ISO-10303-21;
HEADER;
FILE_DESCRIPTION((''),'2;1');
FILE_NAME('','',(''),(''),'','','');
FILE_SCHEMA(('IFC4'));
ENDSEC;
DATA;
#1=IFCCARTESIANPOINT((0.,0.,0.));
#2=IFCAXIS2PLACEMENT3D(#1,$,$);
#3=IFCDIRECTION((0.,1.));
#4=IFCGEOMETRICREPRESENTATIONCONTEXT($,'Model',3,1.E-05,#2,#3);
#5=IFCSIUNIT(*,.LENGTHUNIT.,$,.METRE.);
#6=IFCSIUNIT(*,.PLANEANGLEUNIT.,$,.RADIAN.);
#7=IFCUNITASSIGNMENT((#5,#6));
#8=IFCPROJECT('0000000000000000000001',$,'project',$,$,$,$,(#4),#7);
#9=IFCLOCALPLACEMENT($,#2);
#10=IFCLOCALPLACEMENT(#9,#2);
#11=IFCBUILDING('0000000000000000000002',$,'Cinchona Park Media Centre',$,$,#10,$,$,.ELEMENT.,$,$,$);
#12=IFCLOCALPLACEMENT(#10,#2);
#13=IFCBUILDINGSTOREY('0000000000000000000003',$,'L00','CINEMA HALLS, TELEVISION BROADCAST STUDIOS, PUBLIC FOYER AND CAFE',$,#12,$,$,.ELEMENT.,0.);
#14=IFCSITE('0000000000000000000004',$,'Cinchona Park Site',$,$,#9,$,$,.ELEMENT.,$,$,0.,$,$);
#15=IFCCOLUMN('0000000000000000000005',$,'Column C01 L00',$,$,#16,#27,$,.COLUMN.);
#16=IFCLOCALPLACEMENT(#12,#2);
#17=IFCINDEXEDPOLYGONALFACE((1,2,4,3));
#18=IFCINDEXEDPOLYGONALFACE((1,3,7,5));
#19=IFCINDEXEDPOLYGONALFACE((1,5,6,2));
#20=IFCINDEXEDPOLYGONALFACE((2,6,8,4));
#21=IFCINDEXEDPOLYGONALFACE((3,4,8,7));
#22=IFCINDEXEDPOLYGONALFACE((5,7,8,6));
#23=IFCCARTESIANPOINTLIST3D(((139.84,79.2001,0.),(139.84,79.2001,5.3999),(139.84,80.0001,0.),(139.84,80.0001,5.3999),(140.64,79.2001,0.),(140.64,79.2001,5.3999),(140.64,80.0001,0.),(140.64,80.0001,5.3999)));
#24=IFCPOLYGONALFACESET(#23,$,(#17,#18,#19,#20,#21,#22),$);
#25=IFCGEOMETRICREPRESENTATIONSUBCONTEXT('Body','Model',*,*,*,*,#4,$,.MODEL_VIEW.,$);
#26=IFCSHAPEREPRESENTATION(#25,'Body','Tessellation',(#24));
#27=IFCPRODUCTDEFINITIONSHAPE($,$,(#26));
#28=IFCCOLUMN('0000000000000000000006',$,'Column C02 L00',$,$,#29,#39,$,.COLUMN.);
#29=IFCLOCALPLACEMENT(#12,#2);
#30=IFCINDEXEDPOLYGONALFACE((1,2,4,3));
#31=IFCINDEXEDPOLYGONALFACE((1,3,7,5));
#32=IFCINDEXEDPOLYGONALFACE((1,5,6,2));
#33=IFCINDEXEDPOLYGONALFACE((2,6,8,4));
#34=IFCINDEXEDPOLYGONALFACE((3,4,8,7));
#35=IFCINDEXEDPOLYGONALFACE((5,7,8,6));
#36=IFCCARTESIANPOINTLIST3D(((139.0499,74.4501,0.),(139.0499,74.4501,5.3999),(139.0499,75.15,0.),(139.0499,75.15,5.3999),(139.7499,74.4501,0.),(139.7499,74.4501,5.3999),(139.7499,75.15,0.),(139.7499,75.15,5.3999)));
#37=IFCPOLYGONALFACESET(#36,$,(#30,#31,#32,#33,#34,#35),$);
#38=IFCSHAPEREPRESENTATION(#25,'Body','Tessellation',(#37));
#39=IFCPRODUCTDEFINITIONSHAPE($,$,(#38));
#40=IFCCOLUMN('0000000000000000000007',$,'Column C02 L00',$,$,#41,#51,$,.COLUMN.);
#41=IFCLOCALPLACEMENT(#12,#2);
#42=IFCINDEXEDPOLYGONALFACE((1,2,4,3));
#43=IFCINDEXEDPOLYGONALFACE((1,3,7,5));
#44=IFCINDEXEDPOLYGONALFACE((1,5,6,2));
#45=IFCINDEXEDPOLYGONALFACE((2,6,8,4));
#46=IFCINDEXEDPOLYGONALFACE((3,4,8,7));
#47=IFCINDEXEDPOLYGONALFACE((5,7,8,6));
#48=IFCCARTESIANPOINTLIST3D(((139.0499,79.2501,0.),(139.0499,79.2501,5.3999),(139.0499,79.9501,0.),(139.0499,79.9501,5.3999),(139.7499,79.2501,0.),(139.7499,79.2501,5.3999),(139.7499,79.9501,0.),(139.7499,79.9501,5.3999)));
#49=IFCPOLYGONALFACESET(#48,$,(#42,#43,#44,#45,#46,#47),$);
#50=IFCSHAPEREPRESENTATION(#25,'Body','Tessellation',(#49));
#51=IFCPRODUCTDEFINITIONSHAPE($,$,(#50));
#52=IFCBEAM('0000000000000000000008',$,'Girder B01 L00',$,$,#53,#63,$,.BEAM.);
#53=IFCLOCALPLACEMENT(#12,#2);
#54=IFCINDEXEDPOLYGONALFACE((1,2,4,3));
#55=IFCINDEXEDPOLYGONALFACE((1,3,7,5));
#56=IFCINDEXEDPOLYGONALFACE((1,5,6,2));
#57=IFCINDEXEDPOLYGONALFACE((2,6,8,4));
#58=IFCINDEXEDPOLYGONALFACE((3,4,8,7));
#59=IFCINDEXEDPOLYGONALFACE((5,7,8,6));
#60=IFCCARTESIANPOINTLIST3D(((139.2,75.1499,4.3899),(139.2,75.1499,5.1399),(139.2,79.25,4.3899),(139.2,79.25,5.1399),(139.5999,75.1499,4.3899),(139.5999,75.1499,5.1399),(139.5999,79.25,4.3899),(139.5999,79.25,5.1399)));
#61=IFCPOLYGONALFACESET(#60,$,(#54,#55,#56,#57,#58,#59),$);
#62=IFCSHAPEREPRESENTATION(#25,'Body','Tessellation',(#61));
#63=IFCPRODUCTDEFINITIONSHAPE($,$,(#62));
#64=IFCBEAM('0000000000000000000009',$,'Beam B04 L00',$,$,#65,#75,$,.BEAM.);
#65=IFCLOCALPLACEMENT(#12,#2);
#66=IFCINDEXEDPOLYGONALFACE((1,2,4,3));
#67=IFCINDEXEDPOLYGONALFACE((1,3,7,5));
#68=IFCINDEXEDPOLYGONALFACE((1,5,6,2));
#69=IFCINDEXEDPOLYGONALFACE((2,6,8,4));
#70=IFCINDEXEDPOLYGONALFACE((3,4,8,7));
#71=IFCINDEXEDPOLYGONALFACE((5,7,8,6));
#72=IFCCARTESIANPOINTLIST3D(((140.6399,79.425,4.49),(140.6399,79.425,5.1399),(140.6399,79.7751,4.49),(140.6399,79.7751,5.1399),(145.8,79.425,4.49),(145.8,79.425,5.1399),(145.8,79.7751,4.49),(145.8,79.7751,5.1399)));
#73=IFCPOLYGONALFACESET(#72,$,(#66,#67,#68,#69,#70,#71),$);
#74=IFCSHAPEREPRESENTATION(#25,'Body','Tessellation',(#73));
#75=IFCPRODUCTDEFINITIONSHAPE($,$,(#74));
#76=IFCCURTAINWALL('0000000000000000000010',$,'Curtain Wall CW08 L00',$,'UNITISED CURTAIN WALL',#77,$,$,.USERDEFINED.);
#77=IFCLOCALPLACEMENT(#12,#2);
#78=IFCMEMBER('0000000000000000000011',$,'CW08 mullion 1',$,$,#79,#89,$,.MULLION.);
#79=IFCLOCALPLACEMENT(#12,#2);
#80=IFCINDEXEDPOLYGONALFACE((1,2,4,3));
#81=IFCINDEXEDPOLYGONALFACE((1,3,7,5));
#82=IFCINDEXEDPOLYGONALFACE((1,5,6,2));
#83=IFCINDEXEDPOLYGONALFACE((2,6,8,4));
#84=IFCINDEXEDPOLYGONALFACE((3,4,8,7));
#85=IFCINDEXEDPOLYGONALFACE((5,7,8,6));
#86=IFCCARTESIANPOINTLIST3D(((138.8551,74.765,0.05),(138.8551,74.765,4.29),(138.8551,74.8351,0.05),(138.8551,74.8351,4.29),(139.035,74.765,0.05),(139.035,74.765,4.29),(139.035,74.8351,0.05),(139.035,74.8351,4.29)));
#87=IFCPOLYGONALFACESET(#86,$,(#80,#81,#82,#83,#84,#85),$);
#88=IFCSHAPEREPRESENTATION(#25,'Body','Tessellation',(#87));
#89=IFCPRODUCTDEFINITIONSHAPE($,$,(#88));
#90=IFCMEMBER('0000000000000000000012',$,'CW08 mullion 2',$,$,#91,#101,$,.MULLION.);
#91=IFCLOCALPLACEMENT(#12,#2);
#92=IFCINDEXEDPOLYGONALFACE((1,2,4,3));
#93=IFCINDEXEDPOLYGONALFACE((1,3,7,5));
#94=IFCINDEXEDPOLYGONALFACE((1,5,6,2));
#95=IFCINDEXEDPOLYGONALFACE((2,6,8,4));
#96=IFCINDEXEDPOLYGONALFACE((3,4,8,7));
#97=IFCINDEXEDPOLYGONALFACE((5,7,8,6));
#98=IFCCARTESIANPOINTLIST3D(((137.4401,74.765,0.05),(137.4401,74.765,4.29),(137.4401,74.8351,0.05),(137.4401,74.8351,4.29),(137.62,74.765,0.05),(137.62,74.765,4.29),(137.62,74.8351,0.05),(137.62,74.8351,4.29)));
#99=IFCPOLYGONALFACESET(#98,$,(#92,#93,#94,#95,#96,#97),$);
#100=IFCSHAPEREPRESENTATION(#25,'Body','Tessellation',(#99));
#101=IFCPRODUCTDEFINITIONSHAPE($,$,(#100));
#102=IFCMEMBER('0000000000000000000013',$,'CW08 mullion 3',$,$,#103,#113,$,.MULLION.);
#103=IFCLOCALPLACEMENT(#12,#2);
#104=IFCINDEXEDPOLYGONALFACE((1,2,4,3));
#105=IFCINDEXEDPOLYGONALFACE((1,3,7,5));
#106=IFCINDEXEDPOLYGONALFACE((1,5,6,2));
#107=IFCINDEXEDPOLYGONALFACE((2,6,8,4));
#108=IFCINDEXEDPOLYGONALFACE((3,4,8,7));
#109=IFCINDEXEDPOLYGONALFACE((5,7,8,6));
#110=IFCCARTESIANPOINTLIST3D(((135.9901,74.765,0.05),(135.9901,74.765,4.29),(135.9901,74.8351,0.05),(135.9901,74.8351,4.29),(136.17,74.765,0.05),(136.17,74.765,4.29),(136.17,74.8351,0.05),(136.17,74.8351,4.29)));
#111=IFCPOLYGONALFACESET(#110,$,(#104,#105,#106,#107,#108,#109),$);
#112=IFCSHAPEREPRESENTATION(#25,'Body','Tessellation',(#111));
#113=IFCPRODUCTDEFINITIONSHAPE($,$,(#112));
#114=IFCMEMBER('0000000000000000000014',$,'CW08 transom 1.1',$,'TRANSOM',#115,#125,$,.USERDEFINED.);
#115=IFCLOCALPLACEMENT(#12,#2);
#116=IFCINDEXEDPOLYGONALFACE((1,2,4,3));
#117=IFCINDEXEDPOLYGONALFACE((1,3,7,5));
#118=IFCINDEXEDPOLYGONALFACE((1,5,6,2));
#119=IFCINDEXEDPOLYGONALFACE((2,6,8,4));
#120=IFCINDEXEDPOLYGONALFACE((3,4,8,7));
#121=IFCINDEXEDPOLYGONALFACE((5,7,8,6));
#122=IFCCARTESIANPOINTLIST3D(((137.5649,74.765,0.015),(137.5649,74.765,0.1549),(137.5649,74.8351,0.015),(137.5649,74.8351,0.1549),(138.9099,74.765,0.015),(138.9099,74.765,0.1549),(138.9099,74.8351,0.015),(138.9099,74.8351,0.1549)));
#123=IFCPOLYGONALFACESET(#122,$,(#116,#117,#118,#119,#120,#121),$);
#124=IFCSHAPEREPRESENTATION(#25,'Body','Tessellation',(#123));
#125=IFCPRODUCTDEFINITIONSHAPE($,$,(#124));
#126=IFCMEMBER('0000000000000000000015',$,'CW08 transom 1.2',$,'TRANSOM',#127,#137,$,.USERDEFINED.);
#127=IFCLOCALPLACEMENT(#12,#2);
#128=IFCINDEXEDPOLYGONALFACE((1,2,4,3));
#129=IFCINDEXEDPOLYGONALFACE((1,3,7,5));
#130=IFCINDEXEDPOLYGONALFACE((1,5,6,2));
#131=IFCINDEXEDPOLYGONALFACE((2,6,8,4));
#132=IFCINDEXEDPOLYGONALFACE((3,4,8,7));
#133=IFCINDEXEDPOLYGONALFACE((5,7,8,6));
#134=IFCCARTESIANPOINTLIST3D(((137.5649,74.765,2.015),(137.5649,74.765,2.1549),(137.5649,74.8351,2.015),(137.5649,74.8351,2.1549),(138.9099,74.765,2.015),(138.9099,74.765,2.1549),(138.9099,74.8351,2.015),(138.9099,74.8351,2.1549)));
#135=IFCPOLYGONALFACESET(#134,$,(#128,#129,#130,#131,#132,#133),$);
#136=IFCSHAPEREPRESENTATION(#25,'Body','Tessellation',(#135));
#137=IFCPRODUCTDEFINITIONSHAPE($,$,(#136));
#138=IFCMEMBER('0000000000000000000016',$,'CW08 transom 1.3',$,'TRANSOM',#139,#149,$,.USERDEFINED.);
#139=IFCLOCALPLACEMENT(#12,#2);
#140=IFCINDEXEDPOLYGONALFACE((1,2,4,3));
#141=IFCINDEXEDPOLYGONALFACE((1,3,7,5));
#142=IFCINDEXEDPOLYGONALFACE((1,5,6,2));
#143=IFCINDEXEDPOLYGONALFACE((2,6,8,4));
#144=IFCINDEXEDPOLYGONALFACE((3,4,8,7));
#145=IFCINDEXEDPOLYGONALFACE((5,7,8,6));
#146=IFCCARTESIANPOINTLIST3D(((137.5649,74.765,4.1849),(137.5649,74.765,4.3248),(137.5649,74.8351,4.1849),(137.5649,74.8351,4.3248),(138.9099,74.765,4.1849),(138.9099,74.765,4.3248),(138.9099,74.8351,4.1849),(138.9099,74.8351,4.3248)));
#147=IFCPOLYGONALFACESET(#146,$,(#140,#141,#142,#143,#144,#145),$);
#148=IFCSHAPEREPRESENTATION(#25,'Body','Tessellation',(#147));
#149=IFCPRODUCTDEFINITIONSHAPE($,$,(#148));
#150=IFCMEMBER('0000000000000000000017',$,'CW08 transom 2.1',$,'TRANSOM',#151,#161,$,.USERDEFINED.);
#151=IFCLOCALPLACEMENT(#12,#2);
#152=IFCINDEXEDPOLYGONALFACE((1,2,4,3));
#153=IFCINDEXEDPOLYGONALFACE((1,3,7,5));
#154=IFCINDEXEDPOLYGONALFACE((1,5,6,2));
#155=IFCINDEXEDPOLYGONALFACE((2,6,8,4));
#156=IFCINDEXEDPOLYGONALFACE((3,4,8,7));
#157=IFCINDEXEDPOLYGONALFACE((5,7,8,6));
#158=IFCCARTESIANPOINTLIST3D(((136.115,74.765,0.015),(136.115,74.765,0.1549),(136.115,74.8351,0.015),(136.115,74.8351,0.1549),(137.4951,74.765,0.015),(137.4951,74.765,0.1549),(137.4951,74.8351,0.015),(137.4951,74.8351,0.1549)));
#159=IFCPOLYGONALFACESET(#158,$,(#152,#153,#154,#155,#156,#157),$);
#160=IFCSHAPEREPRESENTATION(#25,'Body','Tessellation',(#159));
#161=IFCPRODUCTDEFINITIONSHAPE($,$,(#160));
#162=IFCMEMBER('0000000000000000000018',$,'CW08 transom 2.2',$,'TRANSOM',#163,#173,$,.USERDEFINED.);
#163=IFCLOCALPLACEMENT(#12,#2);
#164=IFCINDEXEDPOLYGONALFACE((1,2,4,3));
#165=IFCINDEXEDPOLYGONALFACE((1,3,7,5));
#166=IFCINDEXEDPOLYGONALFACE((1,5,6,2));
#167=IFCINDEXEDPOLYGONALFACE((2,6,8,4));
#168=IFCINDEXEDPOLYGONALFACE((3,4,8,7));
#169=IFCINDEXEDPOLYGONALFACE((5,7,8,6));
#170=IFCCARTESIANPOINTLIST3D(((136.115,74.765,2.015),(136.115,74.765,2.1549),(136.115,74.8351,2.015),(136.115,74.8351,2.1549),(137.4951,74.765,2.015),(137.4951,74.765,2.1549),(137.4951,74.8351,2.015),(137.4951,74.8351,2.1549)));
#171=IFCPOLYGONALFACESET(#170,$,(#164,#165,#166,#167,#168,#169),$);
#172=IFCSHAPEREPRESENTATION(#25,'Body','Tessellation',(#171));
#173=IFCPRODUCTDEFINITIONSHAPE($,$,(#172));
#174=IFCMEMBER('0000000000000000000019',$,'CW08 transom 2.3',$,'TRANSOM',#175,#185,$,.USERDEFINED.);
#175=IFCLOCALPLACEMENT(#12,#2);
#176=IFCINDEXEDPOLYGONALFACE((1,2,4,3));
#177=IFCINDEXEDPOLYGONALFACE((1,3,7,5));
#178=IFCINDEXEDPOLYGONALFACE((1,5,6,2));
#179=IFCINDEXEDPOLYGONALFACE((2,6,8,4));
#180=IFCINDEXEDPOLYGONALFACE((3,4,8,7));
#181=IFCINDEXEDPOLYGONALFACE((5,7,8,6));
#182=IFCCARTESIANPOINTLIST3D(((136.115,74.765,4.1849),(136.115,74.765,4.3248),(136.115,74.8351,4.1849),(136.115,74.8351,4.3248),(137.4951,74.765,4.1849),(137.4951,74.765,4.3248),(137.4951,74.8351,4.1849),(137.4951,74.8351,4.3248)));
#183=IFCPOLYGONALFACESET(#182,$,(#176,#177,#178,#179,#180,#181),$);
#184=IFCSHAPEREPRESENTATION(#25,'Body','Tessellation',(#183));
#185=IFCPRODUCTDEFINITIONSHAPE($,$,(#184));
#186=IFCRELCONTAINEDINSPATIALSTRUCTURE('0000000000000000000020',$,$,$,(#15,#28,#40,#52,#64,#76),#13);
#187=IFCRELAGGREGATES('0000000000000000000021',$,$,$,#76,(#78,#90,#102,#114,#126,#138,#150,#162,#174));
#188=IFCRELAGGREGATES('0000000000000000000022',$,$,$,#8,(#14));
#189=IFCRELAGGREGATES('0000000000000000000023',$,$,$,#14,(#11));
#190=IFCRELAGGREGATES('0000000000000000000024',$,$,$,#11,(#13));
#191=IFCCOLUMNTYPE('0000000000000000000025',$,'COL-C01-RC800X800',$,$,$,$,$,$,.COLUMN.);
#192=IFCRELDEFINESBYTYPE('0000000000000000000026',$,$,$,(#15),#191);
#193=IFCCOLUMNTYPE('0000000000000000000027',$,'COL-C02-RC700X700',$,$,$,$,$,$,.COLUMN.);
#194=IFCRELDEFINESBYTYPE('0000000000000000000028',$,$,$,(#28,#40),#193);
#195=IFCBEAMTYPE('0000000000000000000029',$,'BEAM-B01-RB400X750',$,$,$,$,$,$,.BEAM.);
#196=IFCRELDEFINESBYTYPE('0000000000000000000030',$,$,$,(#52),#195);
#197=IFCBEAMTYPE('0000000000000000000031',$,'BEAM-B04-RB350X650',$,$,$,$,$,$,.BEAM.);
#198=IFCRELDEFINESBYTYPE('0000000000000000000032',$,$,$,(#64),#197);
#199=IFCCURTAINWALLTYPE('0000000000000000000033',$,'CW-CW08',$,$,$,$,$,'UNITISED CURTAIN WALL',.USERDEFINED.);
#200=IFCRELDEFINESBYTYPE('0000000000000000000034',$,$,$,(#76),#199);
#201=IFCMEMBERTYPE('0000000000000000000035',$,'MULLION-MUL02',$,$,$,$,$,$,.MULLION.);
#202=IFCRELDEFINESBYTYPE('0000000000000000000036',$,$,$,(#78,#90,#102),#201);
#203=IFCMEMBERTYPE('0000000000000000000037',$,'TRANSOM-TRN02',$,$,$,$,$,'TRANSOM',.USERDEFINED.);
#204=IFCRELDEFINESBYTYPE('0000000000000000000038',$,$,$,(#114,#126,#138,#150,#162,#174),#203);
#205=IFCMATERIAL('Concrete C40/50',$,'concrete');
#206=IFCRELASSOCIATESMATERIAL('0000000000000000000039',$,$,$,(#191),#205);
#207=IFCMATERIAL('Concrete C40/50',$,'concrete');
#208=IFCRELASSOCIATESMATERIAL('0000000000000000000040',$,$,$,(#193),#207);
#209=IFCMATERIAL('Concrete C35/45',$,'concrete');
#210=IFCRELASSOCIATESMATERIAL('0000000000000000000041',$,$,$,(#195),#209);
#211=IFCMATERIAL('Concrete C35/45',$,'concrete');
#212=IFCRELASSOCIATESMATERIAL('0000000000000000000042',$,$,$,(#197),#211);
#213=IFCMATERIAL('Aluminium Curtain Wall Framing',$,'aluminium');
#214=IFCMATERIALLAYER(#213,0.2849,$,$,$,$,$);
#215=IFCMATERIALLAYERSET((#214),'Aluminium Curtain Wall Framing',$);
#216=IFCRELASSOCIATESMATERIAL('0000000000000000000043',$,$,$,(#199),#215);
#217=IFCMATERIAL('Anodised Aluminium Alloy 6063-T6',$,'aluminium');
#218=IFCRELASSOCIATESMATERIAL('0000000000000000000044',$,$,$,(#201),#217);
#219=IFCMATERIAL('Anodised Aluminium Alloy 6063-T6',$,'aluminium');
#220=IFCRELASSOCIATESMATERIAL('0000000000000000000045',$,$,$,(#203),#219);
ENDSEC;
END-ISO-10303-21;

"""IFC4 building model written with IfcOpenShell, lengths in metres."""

from ifc_helpers import new_model, si_unit, direction, frame, origin, origin_2d, place, context, subcontext, project, spatial, rectangle, extrude, material, layer, layer_set, material_profile, profile_set, type_object, element, aggregate, save


model = new_model("IFC4")

# Units and contexts
model_context = context("Model", 3, precision=1e-05, world=origin(), true_north=direction((0.0, 1.0)))
body_context = subcontext(model_context, "Body", "Model", "MODEL_VIEW")
ifc_project = project(units=[si_unit("LENGTHUNIT", "METRE"), si_unit("PLANEANGLEUNIT", "RADIAN")], contexts=[model_context])

# Site, building, storey
site_placement = place(None, origin())
site = spatial("IfcSite", under=ifc_project, at=site_placement, Name="Cinchona Park Site", CompositionType="ELEMENT", RefElevation=0.0)
building_placement = place(site_placement, origin())
building = spatial("IfcBuilding", under=site, at=building_placement, Name="Cinchona Park Media Centre", CompositionType="ELEMENT")
storey_placement = place(building_placement, origin())
storey = spatial("IfcBuildingStorey", under=building, at=storey_placement, Name="L00", Description="CINEMA HALLS, TELEVISION BROADCAST STUDIOS, PUBLIC FOYER AND CAFE", CompositionType="ELEMENT", Elevation=0.0)

# Columns
ifc_material_1 = material(Name="Concrete C40/50", Category="concrete")
ifc_material_profile_1 = material_profile(ifc_material_1, rectangle(XDim=0.8, YDim=0.8, at=origin_2d()), Name="RC 800X800")
ifc_profile_set_1 = profile_set([ifc_material_profile_1], Name="Concrete C40/50")
column_type_1 = type_object("IfcColumnType", Name="COL-C01-RC800X800", PredefinedType="COLUMN", material=ifc_profile_set_1)
column_placement = place(storey_placement, frame((140.24, 79.6001, 0.0), z_axis=(0.0, 0.0, 1.0), x_axis=(1.0, 0.0, 0.0)))
element("IfcColumn", 1, at=column_placement, inside=storey, type_object=column_type_1, Name="Column C01 L00", PredefinedType="COLUMN", context=body_context, shape_type="SweptSolid", body=[
    extrude(rectangle(XDim=0.8, YDim=0.8, at=origin_2d()), origin(), (0.0, 0.0, 1.0), 5.3999),
])
ifc_material_2 = material(Name="Concrete C40/50", Category="concrete")
ifc_material_profile_2 = material_profile(ifc_material_2, rectangle(XDim=0.7, YDim=0.7, at=origin_2d()), Name="RC 700X700")
ifc_profile_set_2 = profile_set([ifc_material_profile_2], Name="Concrete C40/50")
column_type_2 = type_object("IfcColumnType", Name="COL-C02-RC700X700", PredefinedType="COLUMN", material=ifc_profile_set_2)
for number, where, z_axis, x_axis, name in (
    (2, (139.3999, 74.8, 0.0), (0.0, 0.0, 1.0), (1.0, 0.0, 0.0), "Column C02 L00"),
    (3, (139.3999, 79.6001, 0.0), (0.0, 0.0, 1.0), (1.0, 0.0, 0.0), "Column C02 L00"),
):
    element("IfcColumn", number, at=place(storey_placement, frame(where, z_axis=z_axis, x_axis=x_axis)), inside=storey, type_object=column_type_2, Name=name, PredefinedType="COLUMN", context=body_context, shape_type="SweptSolid", body=[
        extrude(rectangle(XDim=0.7, YDim=0.7, at=origin_2d()), origin(), (0.0, 0.0, 1.0), 5.3999),
    ])

# Beams
ifc_material_3 = material(Name="Concrete C35/45", Category="concrete")
ifc_material_profile_3 = material_profile(ifc_material_3, rectangle(XDim=0.3999, YDim=0.75, at=origin_2d()), Name="RB 400X750")
ifc_profile_set_3 = profile_set([ifc_material_profile_3], Name="Concrete C35/45")
beam_type_1 = type_object("IfcBeamType", Name="BEAM-B01-RB400X750", PredefinedType="BEAM", material=ifc_profile_set_3)
beam_1_placement = place(storey_placement, frame((139.3999, 75.1499, 4.7649), z_axis=(0.0, 1.0, 0.0), x_axis=(-1.0, 0.0, 0.0)))
element("IfcBeam", 4, at=beam_1_placement, inside=storey, type_object=beam_type_1, Name="Girder B01 L00", PredefinedType="BEAM", context=body_context, shape_type="SweptSolid", body=[
    extrude(rectangle(XDim=0.3999, YDim=0.75, at=origin_2d()), origin(), (0.0, 0.0, 1.0), 4.1001),
])
ifc_material_4 = material(Name="Concrete C35/45", Category="concrete")
ifc_material_profile_4 = material_profile(ifc_material_4, rectangle(XDim=0.3501, YDim=0.6499, at=origin_2d()), Name="RB 350X650")
ifc_profile_set_4 = profile_set([ifc_material_profile_4], Name="Concrete C35/45")
beam_type_2 = type_object("IfcBeamType", Name="BEAM-B04-RB350X650", PredefinedType="BEAM", material=ifc_profile_set_4)
beam_2_placement = place(storey_placement, frame((140.6399, 79.6001, 4.8149), z_axis=(1.0, 0.0, 0.0), x_axis=(0.0, 1.0, 0.0)))
element("IfcBeam", 5, at=beam_2_placement, inside=storey, type_object=beam_type_2, Name="Beam B04 L00", PredefinedType="BEAM", context=body_context, shape_type="SweptSolid", body=[
    extrude(rectangle(XDim=0.3501, YDim=0.6499, at=origin_2d()), origin(), (0.0, 0.0, 1.0), 5.1602),
])

# Curtain wall, members
ifc_material_5 = material(Name="Aluminium Curtain Wall Framing", Category="aluminium")
ifc_layer_1 = layer(ifc_material_5, 0.2849)
ifc_layer_set_1 = layer_set([ifc_layer_1], Name="Aluminium Curtain Wall Framing")
curtain_wall_type = type_object("IfcCurtainWallType", Name="CW-CW08", ElementType="UNITISED CURTAIN WALL", PredefinedType="USERDEFINED", material=ifc_layer_set_1)
curtain_wall_placement = place(storey_placement, origin())
curtain_wall = element("IfcCurtainWall", 6, at=curtain_wall_placement, inside=storey, type_object=curtain_wall_type, Name="Curtain Wall CW08 L00", ObjectType="UNITISED CURTAIN WALL", PredefinedType="USERDEFINED")
ifc_material_6 = material(Name="Anodised Aluminium Alloy 6063-T6", Category="aluminium")
ifc_material_profile_5 = material_profile(ifc_material_6, rectangle(XDim=0.0701, YDim=0.1799, at=origin_2d()), Name="MUL-70X180")
ifc_profile_set_5 = profile_set([ifc_material_profile_5], Name="Anodised Aluminium Alloy 6063-T6")
member_type_1 = type_object("IfcMemberType", Name="MULLION-MUL02", PredefinedType="MULLION", material=ifc_profile_set_5)
member_1_placement = place(storey_placement, frame((138.9451, 74.8, 0.05), z_axis=(0.0, 0.0, 1.0), x_axis=(0.0, -1.0, 0.0)))
member_1 = element("IfcMember", 7, at=member_1_placement, type_object=member_type_1, Name="CW08 mullion 1", PredefinedType="MULLION", context=body_context, shape_type="SweptSolid", body=[
    extrude(rectangle(XDim=0.0701, YDim=0.1799, at=origin_2d()), origin(), (0.0, 0.0, 1.0), 4.24),
])
member_2_placement = place(storey_placement, frame((137.53, 74.8, 0.05), z_axis=(0.0, 0.0, 1.0), x_axis=(0.0, -1.0, 0.0)))
member_2 = element("IfcMember", 8, at=member_2_placement, type_object=member_type_1, Name="CW08 mullion 2", PredefinedType="MULLION", context=body_context, shape_type="SweptSolid", body=[
    extrude(rectangle(XDim=0.0701, YDim=0.1799, at=origin_2d()), origin(), (0.0, 0.0, 1.0), 4.24),
])
member_3_placement = place(storey_placement, frame((136.0801, 74.8, 0.05), z_axis=(0.0, 0.0, 1.0), x_axis=(0.0, -1.0, 0.0)))
member_3 = element("IfcMember", 9, at=member_3_placement, type_object=member_type_1, Name="CW08 mullion 3", PredefinedType="MULLION", context=body_context, shape_type="SweptSolid", body=[
    extrude(rectangle(XDim=0.0701, YDim=0.1799, at=origin_2d()), origin(), (0.0, 0.0, 1.0), 4.24),
])
ifc_material_7 = material(Name="Anodised Aluminium Alloy 6063-T6", Category="aluminium")
ifc_material_profile_6 = material_profile(ifc_material_7, rectangle(XDim=0.0701, YDim=0.1399, at=origin_2d()), Name="TRN-70X140")
ifc_profile_set_6 = profile_set([ifc_material_profile_6], Name="Anodised Aluminium Alloy 6063-T6")
member_type_2 = type_object("IfcMemberType", Name="TRANSOM-TRN02", ElementType="TRANSOM", PredefinedType="USERDEFINED", material=ifc_profile_set_6)
member_4_placement = place(storey_placement, frame((138.9099, 74.8, 0.085), z_axis=(-1.0, 0.0, 0.0), x_axis=(0.0, -1.0, 0.0)))
member_4 = element("IfcMember", 10, at=member_4_placement, type_object=member_type_2, Name="CW08 transom 1.1", ObjectType="TRANSOM", PredefinedType="USERDEFINED", context=body_context, shape_type="SweptSolid", body=[
    extrude(rectangle(XDim=0.0701, YDim=0.1399, at=origin_2d()), origin(), (0.0, 0.0, 1.0), 1.345),
])
member_5_placement = place(storey_placement, frame((138.9099, 74.8, 2.085), z_axis=(-1.0, 0.0, 0.0), x_axis=(0.0, -1.0, 0.0)))
member_5 = element("IfcMember", 11, at=member_5_placement, type_object=member_type_2, Name="CW08 transom 1.2", ObjectType="TRANSOM", PredefinedType="USERDEFINED", context=body_context, shape_type="SweptSolid", body=[
    extrude(rectangle(XDim=0.0701, YDim=0.1399, at=origin_2d()), origin(), (0.0, 0.0, 1.0), 1.345),
])
member_6_placement = place(storey_placement, frame((138.9099, 74.8, 4.2549), z_axis=(-1.0, 0.0, 0.0), x_axis=(0.0, -1.0, 0.0)))
member_6 = element("IfcMember", 12, at=member_6_placement, type_object=member_type_2, Name="CW08 transom 1.3", ObjectType="TRANSOM", PredefinedType="USERDEFINED", context=body_context, shape_type="SweptSolid", body=[
    extrude(rectangle(XDim=0.0701, YDim=0.1399, at=origin_2d()), origin(), (0.0, 0.0, 1.0), 1.345),
])
member_7_placement = place(storey_placement, frame((137.4951, 74.8, 0.085), z_axis=(-1.0, 0.0, 0.0), x_axis=(0.0, -1.0, 0.0)))
member_7 = element("IfcMember", 13, at=member_7_placement, type_object=member_type_2, Name="CW08 transom 2.1", ObjectType="TRANSOM", PredefinedType="USERDEFINED", context=body_context, shape_type="SweptSolid", body=[
    extrude(rectangle(XDim=0.0701, YDim=0.1399, at=origin_2d()), origin(), (0.0, 0.0, 1.0), 1.3801),
])
member_8_placement = place(storey_placement, frame((137.4951, 74.8, 2.085), z_axis=(-1.0, 0.0, 0.0), x_axis=(0.0, -1.0, 0.0)))
member_8 = element("IfcMember", 14, at=member_8_placement, type_object=member_type_2, Name="CW08 transom 2.2", ObjectType="TRANSOM", PredefinedType="USERDEFINED", context=body_context, shape_type="SweptSolid", body=[
    extrude(rectangle(XDim=0.0701, YDim=0.1399, at=origin_2d()), origin(), (0.0, 0.0, 1.0), 1.3801),
])
member_9_placement = place(storey_placement, frame((137.4951, 74.8, 4.2549), z_axis=(-1.0, 0.0, 0.0), x_axis=(0.0, -1.0, 0.0)))
member_9 = element("IfcMember", 15, at=member_9_placement, type_object=member_type_2, Name="CW08 transom 2.3", ObjectType="TRANSOM", PredefinedType="USERDEFINED", context=body_context, shape_type="SweptSolid", body=[
    extrude(rectangle(XDim=0.0701, YDim=0.1399, at=origin_2d()), origin(), (0.0, 0.0, 1.0), 1.3801),
])
aggregate(curtain_wall, [member_1, member_2, member_3, member_4, member_5, member_6, member_7, member_8, member_9])

save(model, "model.ifc")
